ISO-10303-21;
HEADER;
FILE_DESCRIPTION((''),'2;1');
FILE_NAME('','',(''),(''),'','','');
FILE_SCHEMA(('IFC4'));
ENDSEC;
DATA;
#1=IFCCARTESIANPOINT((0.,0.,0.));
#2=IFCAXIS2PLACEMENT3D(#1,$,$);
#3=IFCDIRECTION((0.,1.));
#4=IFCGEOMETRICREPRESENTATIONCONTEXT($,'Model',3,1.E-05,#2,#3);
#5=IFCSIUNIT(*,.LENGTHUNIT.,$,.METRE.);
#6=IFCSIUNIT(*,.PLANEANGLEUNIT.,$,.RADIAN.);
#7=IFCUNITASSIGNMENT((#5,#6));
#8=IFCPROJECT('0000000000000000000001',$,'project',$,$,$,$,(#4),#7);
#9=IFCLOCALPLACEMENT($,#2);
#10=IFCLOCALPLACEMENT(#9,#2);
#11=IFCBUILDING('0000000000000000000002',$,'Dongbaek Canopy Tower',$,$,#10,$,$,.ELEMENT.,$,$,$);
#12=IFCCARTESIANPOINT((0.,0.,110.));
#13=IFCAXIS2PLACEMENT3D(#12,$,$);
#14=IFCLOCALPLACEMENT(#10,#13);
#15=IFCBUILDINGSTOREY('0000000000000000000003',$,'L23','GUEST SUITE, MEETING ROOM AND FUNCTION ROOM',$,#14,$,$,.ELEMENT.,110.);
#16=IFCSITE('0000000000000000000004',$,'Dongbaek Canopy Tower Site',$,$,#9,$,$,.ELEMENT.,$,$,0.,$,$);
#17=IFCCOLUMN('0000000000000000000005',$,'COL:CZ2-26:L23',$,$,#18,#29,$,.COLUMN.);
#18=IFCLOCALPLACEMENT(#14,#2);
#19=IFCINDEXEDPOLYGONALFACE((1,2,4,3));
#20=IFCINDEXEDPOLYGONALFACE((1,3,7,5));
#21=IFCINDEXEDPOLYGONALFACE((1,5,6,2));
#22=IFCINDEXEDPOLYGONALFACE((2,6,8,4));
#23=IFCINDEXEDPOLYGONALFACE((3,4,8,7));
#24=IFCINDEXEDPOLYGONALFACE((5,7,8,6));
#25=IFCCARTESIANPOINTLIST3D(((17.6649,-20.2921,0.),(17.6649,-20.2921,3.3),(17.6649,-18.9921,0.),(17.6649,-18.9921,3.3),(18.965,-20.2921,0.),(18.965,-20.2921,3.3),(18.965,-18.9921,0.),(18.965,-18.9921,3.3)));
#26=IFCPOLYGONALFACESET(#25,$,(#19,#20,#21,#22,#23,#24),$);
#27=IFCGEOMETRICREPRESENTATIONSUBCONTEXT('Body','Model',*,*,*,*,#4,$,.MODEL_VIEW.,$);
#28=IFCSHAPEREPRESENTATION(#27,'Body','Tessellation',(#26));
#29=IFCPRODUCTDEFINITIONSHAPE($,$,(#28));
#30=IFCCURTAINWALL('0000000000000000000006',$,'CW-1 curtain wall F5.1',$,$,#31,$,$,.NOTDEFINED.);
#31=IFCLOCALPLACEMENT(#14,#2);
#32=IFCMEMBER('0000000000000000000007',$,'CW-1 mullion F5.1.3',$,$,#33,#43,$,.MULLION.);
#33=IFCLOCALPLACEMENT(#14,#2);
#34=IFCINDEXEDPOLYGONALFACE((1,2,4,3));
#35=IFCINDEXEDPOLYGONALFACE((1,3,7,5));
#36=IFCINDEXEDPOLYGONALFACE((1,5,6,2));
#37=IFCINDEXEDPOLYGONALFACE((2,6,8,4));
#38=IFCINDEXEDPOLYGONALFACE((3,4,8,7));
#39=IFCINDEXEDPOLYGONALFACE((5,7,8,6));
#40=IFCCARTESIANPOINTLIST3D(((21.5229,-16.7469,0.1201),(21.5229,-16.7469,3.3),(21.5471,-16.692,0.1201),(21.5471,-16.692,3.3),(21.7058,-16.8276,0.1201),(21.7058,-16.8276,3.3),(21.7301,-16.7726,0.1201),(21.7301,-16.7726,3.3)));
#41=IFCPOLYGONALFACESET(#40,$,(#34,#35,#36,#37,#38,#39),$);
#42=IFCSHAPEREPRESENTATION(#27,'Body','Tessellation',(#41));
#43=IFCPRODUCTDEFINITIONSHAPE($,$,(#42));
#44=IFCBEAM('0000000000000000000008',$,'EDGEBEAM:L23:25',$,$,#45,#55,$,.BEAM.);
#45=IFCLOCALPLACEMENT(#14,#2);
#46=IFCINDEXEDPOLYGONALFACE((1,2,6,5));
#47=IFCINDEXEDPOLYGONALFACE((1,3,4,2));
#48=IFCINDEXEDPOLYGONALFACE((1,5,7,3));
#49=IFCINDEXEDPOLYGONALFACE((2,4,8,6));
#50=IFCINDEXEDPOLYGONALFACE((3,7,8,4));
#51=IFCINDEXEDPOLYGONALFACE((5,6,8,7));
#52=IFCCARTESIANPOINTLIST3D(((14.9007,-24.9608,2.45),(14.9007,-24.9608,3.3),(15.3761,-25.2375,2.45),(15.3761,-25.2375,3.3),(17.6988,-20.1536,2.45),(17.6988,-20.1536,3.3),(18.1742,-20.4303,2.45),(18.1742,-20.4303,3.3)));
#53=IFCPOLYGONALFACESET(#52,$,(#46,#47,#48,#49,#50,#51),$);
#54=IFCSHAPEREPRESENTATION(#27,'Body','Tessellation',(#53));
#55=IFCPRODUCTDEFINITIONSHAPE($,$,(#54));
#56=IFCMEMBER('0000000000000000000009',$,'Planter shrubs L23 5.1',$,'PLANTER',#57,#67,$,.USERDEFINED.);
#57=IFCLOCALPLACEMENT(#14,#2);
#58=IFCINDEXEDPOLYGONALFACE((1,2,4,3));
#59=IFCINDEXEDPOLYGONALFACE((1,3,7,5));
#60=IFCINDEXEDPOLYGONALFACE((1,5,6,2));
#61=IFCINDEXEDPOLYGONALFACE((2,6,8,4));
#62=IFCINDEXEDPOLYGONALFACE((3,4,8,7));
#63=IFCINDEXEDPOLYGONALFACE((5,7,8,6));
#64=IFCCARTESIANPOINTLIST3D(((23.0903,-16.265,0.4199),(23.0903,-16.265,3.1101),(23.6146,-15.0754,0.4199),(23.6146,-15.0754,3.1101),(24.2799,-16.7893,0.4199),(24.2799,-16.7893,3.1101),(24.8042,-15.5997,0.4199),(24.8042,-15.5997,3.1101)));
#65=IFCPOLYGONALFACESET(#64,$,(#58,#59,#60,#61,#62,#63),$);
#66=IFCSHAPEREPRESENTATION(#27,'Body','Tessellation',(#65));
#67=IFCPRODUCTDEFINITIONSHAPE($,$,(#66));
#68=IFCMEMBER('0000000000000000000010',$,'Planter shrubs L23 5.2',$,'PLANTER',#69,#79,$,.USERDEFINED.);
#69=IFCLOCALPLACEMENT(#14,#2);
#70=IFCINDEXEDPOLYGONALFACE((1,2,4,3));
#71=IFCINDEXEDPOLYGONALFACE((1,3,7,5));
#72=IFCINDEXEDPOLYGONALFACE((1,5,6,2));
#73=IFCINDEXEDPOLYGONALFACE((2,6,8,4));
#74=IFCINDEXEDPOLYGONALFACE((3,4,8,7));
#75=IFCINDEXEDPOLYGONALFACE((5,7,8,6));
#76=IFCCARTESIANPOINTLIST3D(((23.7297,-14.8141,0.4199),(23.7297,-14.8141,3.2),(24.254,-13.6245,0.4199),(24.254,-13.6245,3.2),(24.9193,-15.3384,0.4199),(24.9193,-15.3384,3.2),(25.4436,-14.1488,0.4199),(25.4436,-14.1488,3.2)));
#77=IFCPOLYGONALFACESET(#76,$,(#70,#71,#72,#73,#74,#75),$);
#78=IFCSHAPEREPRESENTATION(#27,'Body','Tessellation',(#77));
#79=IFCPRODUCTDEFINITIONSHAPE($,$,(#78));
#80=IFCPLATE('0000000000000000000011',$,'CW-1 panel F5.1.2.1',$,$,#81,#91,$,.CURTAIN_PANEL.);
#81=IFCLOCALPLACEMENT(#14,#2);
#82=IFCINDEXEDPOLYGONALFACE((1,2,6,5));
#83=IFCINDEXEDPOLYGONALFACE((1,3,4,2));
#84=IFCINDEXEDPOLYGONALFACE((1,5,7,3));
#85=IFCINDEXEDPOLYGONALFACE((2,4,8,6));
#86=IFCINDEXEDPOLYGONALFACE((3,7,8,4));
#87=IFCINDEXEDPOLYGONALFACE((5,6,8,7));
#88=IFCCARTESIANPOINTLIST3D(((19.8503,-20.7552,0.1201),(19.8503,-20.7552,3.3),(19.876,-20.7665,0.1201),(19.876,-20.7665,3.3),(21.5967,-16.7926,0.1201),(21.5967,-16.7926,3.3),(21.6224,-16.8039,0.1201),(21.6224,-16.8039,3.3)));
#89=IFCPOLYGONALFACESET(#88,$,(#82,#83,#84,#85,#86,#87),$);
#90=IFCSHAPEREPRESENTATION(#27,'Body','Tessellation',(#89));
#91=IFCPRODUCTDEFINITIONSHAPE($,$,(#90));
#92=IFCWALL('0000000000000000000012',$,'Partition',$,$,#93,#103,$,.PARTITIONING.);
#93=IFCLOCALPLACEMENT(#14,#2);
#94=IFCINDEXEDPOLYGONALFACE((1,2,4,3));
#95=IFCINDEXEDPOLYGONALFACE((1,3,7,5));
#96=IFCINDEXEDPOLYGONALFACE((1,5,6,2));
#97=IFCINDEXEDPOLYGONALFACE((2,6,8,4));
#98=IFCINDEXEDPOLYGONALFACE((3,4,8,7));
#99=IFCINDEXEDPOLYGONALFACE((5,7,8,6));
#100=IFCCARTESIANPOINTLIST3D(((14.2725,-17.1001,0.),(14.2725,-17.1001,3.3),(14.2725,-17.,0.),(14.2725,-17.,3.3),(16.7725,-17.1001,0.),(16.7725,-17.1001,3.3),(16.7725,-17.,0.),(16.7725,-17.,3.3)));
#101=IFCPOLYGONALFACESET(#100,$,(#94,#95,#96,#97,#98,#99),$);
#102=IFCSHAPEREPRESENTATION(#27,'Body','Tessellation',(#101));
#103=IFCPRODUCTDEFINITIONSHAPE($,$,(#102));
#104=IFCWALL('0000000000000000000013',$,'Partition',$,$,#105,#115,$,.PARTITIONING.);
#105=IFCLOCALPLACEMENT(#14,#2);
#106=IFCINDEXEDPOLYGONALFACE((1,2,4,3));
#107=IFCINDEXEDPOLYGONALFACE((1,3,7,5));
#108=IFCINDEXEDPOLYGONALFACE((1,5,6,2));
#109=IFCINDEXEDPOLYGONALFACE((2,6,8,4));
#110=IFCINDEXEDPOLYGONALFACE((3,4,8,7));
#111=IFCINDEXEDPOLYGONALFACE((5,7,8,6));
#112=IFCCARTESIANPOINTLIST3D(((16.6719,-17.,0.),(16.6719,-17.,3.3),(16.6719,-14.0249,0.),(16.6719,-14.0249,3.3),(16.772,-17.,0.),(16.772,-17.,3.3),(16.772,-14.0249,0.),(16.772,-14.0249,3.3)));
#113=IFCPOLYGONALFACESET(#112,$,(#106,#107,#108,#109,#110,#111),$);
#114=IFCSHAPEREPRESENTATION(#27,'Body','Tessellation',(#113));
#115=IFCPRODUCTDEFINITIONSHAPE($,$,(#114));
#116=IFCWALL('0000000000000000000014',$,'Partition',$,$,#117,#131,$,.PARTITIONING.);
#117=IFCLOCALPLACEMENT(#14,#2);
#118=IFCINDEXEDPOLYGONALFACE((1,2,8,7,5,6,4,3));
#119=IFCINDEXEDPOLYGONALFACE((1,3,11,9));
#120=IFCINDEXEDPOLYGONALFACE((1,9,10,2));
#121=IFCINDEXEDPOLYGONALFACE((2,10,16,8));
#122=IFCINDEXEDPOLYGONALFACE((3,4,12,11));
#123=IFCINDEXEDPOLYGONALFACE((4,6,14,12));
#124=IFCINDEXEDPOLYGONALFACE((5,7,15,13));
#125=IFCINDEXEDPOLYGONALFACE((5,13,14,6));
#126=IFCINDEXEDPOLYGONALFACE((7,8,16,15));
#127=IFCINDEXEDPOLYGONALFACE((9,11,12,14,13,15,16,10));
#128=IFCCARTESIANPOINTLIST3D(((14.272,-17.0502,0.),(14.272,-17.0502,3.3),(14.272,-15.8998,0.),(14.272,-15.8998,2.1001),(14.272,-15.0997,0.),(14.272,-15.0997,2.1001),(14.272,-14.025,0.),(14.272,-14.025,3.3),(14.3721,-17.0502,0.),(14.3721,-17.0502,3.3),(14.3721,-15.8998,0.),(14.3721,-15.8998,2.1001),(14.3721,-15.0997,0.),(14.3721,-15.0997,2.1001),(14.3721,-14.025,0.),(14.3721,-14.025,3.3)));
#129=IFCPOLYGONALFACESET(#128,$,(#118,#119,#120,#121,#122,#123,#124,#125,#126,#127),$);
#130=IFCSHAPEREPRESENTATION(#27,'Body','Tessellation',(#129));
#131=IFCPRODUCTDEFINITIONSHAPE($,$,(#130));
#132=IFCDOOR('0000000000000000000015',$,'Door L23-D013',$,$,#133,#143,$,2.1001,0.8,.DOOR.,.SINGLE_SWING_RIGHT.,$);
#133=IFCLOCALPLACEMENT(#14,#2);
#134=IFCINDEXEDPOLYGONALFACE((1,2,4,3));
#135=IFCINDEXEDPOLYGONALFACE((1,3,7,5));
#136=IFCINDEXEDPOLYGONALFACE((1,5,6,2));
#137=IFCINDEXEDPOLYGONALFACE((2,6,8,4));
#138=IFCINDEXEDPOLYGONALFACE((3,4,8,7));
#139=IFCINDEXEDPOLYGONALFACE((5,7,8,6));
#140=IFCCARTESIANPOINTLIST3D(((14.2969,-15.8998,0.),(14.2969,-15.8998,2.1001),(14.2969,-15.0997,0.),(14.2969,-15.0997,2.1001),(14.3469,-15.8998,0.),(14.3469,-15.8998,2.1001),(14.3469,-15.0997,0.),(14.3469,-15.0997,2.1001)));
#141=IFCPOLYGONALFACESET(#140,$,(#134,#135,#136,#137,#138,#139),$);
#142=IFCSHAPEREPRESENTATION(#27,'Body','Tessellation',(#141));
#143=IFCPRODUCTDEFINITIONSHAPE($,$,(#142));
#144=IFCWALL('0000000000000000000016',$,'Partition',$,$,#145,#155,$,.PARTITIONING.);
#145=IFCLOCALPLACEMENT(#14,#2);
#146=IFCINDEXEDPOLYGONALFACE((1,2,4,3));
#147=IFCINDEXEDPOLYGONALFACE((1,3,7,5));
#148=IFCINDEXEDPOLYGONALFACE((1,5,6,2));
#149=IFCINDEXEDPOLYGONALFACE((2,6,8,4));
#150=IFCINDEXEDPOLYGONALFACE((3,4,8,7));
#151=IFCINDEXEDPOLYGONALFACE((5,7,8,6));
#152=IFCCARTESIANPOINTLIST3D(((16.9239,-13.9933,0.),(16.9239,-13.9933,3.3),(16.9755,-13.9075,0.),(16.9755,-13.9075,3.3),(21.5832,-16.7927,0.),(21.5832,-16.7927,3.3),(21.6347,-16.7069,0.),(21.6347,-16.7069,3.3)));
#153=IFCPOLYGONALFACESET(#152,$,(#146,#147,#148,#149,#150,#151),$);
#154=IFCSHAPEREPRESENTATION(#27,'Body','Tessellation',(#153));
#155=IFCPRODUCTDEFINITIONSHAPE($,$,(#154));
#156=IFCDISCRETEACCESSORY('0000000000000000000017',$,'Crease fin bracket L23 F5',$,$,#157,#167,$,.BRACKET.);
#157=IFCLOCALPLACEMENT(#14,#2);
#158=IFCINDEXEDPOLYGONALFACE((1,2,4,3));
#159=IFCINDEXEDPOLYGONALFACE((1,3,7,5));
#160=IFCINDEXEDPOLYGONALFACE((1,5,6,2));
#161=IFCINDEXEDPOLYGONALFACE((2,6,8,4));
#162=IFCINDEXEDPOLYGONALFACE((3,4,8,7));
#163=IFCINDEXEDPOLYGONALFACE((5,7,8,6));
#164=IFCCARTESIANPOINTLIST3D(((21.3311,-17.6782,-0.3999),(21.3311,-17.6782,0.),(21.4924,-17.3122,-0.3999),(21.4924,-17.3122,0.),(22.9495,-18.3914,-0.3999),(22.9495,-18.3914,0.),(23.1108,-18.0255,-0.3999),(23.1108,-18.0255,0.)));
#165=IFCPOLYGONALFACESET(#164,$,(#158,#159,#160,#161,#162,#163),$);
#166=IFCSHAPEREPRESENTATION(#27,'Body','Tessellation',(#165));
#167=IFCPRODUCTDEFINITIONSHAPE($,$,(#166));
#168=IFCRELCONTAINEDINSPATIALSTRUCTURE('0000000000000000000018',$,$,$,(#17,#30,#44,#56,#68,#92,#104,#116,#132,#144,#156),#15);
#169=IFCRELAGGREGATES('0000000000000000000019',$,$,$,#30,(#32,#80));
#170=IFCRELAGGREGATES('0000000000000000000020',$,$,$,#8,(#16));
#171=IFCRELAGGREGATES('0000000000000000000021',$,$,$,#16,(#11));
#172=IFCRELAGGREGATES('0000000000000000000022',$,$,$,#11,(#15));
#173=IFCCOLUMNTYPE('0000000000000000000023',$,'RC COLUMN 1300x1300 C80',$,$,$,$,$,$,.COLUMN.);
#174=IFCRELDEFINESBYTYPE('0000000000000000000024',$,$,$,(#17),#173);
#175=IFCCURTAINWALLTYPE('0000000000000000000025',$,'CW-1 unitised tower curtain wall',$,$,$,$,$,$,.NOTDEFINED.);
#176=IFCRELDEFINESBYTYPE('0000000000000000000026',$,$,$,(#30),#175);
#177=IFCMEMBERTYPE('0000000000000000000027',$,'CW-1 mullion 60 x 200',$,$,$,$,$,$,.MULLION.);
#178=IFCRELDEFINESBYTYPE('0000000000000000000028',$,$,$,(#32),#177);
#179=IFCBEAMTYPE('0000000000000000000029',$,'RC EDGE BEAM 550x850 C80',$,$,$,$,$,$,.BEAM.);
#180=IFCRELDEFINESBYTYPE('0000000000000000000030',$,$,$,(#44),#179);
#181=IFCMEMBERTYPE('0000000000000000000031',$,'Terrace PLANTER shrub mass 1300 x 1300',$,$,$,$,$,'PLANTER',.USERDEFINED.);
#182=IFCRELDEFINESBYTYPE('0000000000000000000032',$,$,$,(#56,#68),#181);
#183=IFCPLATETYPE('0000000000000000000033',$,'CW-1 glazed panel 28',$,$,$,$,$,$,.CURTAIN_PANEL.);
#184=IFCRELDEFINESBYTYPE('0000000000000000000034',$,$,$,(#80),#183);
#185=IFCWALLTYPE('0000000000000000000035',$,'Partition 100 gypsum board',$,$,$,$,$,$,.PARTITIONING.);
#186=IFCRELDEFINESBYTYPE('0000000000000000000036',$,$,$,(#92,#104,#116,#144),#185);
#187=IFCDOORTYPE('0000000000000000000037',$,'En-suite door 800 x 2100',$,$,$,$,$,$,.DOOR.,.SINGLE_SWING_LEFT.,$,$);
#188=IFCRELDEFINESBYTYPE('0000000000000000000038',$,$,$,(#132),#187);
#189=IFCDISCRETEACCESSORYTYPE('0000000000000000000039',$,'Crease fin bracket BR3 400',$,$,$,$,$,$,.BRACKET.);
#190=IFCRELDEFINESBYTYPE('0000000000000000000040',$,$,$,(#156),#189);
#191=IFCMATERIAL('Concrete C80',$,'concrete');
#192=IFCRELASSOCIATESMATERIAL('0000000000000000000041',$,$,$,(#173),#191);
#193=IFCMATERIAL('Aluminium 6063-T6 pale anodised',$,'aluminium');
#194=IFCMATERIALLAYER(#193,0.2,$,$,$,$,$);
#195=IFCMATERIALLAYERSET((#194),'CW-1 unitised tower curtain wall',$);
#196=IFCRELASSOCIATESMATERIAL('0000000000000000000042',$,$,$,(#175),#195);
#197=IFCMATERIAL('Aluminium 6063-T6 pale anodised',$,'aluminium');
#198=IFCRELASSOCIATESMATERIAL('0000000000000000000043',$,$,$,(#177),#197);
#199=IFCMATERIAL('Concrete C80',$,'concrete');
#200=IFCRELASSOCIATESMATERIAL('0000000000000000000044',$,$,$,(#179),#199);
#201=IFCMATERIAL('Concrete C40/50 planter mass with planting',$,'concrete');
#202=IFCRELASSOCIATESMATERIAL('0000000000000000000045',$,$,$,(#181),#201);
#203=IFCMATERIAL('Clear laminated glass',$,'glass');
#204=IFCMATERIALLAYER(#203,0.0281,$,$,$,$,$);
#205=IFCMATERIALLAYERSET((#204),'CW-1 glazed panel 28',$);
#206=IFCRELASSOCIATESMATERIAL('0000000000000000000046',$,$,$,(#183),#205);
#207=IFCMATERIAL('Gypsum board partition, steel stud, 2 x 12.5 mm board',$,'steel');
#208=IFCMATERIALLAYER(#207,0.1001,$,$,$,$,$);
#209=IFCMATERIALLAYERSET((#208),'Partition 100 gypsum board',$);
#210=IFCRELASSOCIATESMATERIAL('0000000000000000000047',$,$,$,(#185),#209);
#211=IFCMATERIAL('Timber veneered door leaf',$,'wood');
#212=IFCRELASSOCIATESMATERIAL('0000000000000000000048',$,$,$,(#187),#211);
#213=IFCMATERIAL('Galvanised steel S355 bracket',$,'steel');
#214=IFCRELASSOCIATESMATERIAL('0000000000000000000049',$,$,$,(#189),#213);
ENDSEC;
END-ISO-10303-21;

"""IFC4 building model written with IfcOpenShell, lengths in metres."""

from ifc_helpers import new_model, si_unit, direction, frame, frame_2d, origin, origin_2d, place, context, subcontext, project, spatial, rectangle, extrude, material, layer, layer_set, material_profile, profile_set, type_object, element, fill, aggregate, save


model = new_model("IFC4")

# Units and contexts
model_context = context("Model", 3, precision=1e-05, world=origin(), true_north=direction((0.0, 1.0)))
body_context = subcontext(model_context, "Body", "Model", "MODEL_VIEW")
ifc_project = project(units=[si_unit("LENGTHUNIT", "METRE"), si_unit("PLANEANGLEUNIT", "RADIAN")], contexts=[model_context])

# Site, building, storey
site_placement = place(None, origin())
site = spatial("IfcSite", under=ifc_project, at=site_placement, Name="Dongbaek Canopy Tower Site", CompositionType="ELEMENT", RefElevation=0.0)
building_placement = place(site_placement, origin())
building = spatial("IfcBuilding", under=site, at=building_placement, Name="Dongbaek Canopy Tower", CompositionType="ELEMENT")
storey_placement = place(building_placement, frame((0.0, 0.0, 110.0)))
storey = spatial("IfcBuildingStorey", under=building, at=storey_placement, Name="L23", Description="GUEST SUITE, MEETING ROOM AND FUNCTION ROOM", CompositionType="ELEMENT", Elevation=110.0)

# Column
ifc_material_1 = material(Name="Concrete C80", Category="concrete")
ifc_material_profile_1 = material_profile(ifc_material_1, rectangle(XDim=1.3, YDim=1.3, at=origin_2d()), Name="RC COLUMN 1300x1300 C80")
ifc_profile_set_1 = profile_set([ifc_material_profile_1], Name="Concrete C80")
column_type = type_object("IfcColumnType", Name="RC COLUMN 1300x1300 C80", PredefinedType="COLUMN", material=ifc_profile_set_1)
column_placement = place(storey_placement, frame((18.3149, -19.6421, 0.0), z_axis=(0.0, 0.0, 1.0), x_axis=(1.0, 0.0, 0.0)))
element("IfcColumn", 1, at=column_placement, inside=storey, type_object=column_type, Name="COL:CZ2-26:L23", PredefinedType="COLUMN", context=body_context, shape_type="SweptSolid", body=[
    extrude(rectangle(XDim=1.3, YDim=1.3, at=origin_2d()), origin(), (0.0, 0.0, 1.0), 3.3),
])

# Curtain wall, member
ifc_material_2 = material(Name="Aluminium 6063-T6 pale anodised", Category="aluminium")
ifc_layer_1 = layer(ifc_material_2, 0.2)
ifc_layer_set_1 = layer_set([ifc_layer_1], Name="CW-1 unitised tower curtain wall")
curtain_wall_type = type_object("IfcCurtainWallType", Name="CW-1 unitised tower curtain wall", PredefinedType="NOTDEFINED", material=ifc_layer_set_1)
curtain_wall_placement = place(storey_placement, origin())
curtain_wall = element("IfcCurtainWall", 2, at=curtain_wall_placement, inside=storey, type_object=curtain_wall_type, Name="CW-1 curtain wall F5.1", PredefinedType="NOTDEFINED")
ifc_material_3 = material(Name="Aluminium 6063-T6 pale anodised", Category="aluminium")
ifc_material_profile_2 = material_profile(ifc_material_3, rectangle(XDim=0.2, YDim=0.0601, at=origin_2d()), Name="CW-1 mullion 60 x 200")
ifc_profile_set_2 = profile_set([ifc_material_profile_2], Name="Aluminium 6063-T6 pale anodised")
member_type_1 = type_object("IfcMemberType", Name="CW-1 mullion 60 x 200", PredefinedType="MULLION", material=ifc_profile_set_2)
member_1_placement = place(storey_placement, frame((21.6265, -16.7598, 0.1201), z_axis=(0.0, 0.0, 1.0), x_axis=(0.915073, -0.403289, 0.0)))
member_1 = element("IfcMember", 3, at=member_1_placement, type_object=member_type_1, Name="CW-1 mullion F5.1.3", PredefinedType="MULLION", context=body_context, shape_type="SweptSolid", body=[
    extrude(rectangle(XDim=0.2, YDim=0.0601, at=origin_2d()), origin(), (0.0, 0.0, 1.0), 3.1799),
])

# Beam
ifc_material_4 = material(Name="Concrete C80", Category="concrete")
ifc_material_profile_3 = material_profile(ifc_material_4, rectangle(XDim=0.55, YDim=0.8501, at=origin_2d()), Name="RC EDGE BEAM 550x850 C80")
ifc_profile_set_3 = profile_set([ifc_material_profile_3], Name="Concrete C80")
beam_type = type_object("IfcBeamType", Name="RC EDGE BEAM 550x850 C80", PredefinedType="BEAM", material=ifc_profile_set_3)
beam_placement = place(storey_placement, frame((17.9365, -20.292, 2.875), z_axis=(-0.503058, -0.864253, 0.0), x_axis=(0.864253, -0.503058, 0.0)))
element("IfcBeam", 4, at=beam_placement, inside=storey, type_object=beam_type, Name="EDGEBEAM:L23:25", PredefinedType="BEAM", context=body_context, shape_type="SweptSolid", body=[
    extrude(rectangle(XDim=0.55, YDim=0.8501, at=origin_2d()), origin(), (0.0, 0.0, 1.0), 5.5623),
])

# Members
ifc_material_5 = material(Name="Concrete C40/50 planter mass with planting", Category="concrete")
ifc_material_profile_4 = material_profile(ifc_material_5, rectangle(XDim=1.3, YDim=1.3, at=origin_2d()), Name="Terrace PLANTER shrub mass 1300 x 1300")
ifc_profile_set_4 = profile_set([ifc_material_profile_4], Name="Concrete C40/50 planter mass with planting")
member_type_2 = type_object("IfcMemberType", Name="Terrace PLANTER shrub mass 1300 x 1300", ElementType="PLANTER", PredefinedType="USERDEFINED", material=ifc_profile_set_4)
member_2_placement = place(storey_placement, frame((23.9473, -15.9324, 0.4199), z_axis=(0.0, 0.0, 1.0), x_axis=(0.915073, -0.403289, 0.0)))
element("IfcMember", 5, at=member_2_placement, inside=storey, type_object=member_type_2, Name="Planter shrubs L23 5.1", ObjectType="PLANTER", PredefinedType="USERDEFINED", context=body_context, shape_type="SweptSolid", body=[
    extrude(rectangle(XDim=1.3, YDim=1.3, at=origin_2d()), origin(), (0.0, 0.0, 1.0), 2.6902),
])
member_3_placement = place(storey_placement, frame((24.5867, -14.4814, 0.4199), z_axis=(0.0, 0.0, 1.0), x_axis=(0.915073, -0.403289, 0.0)))
element("IfcMember", 6, at=member_3_placement, inside=storey, type_object=member_type_2, Name="Planter shrubs L23 5.2", ObjectType="PLANTER", PredefinedType="USERDEFINED", context=body_context, shape_type="SweptSolid", body=[
    extrude(rectangle(XDim=1.3, YDim=1.3, at=origin_2d()), origin(), (0.0, 0.0, 1.0), 2.78),
])

# Plate
ifc_material_6 = material(Name="Clear laminated glass", Category="glass")
ifc_layer_2 = layer(ifc_material_6, 0.0281)
ifc_layer_set_2 = layer_set([ifc_layer_2], Name="CW-1 glazed panel 28")
plate_type = type_object("IfcPlateType", Name="CW-1 glazed panel 28", PredefinedType="CURTAIN_PANEL", material=ifc_layer_set_2)
plate_placement = place(storey_placement, frame((20.7363, -18.7795, 0.1201), z_axis=(0.0, 0.0, 1.0), x_axis=(0.403289, 0.915073, 0.0)))
plate = element("IfcPlate", 7, at=plate_placement, type_object=plate_type, Name="CW-1 panel F5.1.2.1", PredefinedType="CURTAIN_PANEL", context=body_context, shape_type="SweptSolid", body=[
    extrude(rectangle(XDim=4.3303, YDim=0.0281, at=origin_2d()), origin(), (0.0, 0.0, 1.0), 3.1799),
])
aggregate(curtain_wall, [member_1, plate])

# Walls
ifc_material_7 = material(Name="Gypsum board partition, steel stud, 2 x 12.5 mm board", Category="steel")
ifc_layer_3 = layer(ifc_material_7, 0.1001)
ifc_layer_set_3 = layer_set([ifc_layer_3], Name="Partition 100 gypsum board")
wall_type_1 = type_object("IfcWallType", Name="Partition 100 gypsum board", PredefinedType="PARTITIONING", material=ifc_layer_set_3)
wall_1_placement = place(storey_placement, frame((14.2725, -17.05, 0.0), z_axis=(0.0, 0.0, 1.0), x_axis=(1.0, 0.0, 0.0)))
element("IfcWall", 8, at=wall_1_placement, inside=storey, type_object=wall_type_1, Name="Partition", PredefinedType="PARTITIONING", context=body_context, shape_type="SweptSolid", body=[
    extrude(rectangle(XDim=2.5, YDim=0.1001, at=frame_2d((1.25, 0.0))), origin(), (0.0, 0.0, 1.0), 3.3),
])
wall_2_placement = place(storey_placement, frame((16.7219, -17.0, 0.0), z_axis=(0.0, 0.0, 1.0), x_axis=(0.0, 1.0, 0.0)))
element("IfcWall", 9, at=wall_2_placement, inside=storey, type_object=wall_type_1, Name="Partition", PredefinedType="PARTITIONING", context=body_context, shape_type="SweptSolid", body=[
    extrude(rectangle(XDim=2.9751, YDim=0.1001, at=frame_2d((1.4875, 0.0))), origin(), (0.0, 0.0, 1.0), 3.3),
])

# Wall, opening, door
wall_3_placement = place(storey_placement, frame((14.322, -14.0249, 0.0), z_axis=(0.0, 0.0, 1.0), x_axis=(0.0, -1.0, 0.0)))
wall_3 = element("IfcWall", 10, at=wall_3_placement, inside=storey, type_object=wall_type_1, Name="Partition", PredefinedType="PARTITIONING", context=body_context, shape_type="SweptSolid", body=[
    extrude(rectangle(XDim=3.0251, YDim=0.1001, at=frame_2d((1.5127, 0.0))), origin(), (0.0, 0.0, 1.0), 3.3),
])
opening_1_placement = place(wall_3_placement, frame((1.075, 0.0, 0.0)))
opening_1 = element("IfcOpeningElement", 11, at=opening_1_placement, cuts=wall_3, PredefinedType="OPENING", context=body_context, shape_type="SweptSolid", body=[
    extrude(rectangle(XDim=0.8, YDim=2.1001, at=frame_2d((0.3999, 1.05))), frame((0.0, 0.0601, 0.0), z_axis=(0.0, -1.0, 0.0), x_axis=(1.0, 0.0, 0.0)), (0.0, 0.0, 1.0), 0.1201),
])
ifc_material_8 = material(Name="Timber veneered door leaf", Category="wood")
door_type_1 = type_object("IfcDoorType", Name="En-suite door 800 x 2100", OperationType="SINGLE_SWING_LEFT", PredefinedType="DOOR", material=ifc_material_8)
door_1_placement = place(opening_1_placement, origin())
door_1 = element("IfcDoor", 12, at=door_1_placement, inside=storey, type_object=door_type_1, Name="Door L23-D013", OperationType="SINGLE_SWING_RIGHT", OverallHeight=2.1001, OverallWidth=0.8, PredefinedType="DOOR", context=body_context, shape_type="SweptSolid", body=[
    extrude(rectangle(XDim=0.8, YDim=2.1001, at=frame_2d((0.3999, 1.05))), frame((0.0, 0.0249, 0.0), z_axis=(0.0, -1.0, 0.0), x_axis=(1.0, 0.0, 0.0)), (0.0, 0.0, 1.0), 0.05),
])
fill(opening_1, door_1)

# Wall
wall_4_placement = place(storey_placement, frame((16.9497, -13.9504, 0.0), z_axis=(0.0, 0.0, 1.0), x_axis=(0.857184, -0.515011, 0.0)))
element("IfcWall", 13, at=wall_4_placement, inside=storey, type_object=wall_type_1, Name="Partition", PredefinedType="PARTITIONING", context=body_context, shape_type="SweptSolid", body=[
    extrude(rectangle(XDim=5.4355, YDim=0.1001, at=frame_2d((2.7178, 0.0))), origin(), (0.0, 0.0, 1.0), 3.3),
])

# Discrete accessory
ifc_material_9 = material(Name="Galvanised steel S355 bracket", Category="steel")
discrete_accessory_type = type_object("IfcDiscreteAccessoryType", Name="Crease fin bracket BR3 400", PredefinedType="BRACKET", material=ifc_material_9)
discrete_accessory_placement = place(storey_placement, frame((22.2209, -17.8518, -0.3999), z_axis=(0.0, 0.0, 1.0), x_axis=(0.915073, -0.403288, 0.0)))
element("IfcDiscreteAccessory", 14, at=discrete_accessory_placement, inside=storey, type_object=discrete_accessory_type, Name="Crease fin bracket L23 F5", PredefinedType="BRACKET", context=body_context, shape_type="SweptSolid", body=[
    extrude(rectangle(XDim=1.7686, YDim=0.3999, at=origin_2d()), origin(), (0.0, 0.0, 1.0), 0.3999),
])

save(model, "model.ifc")
